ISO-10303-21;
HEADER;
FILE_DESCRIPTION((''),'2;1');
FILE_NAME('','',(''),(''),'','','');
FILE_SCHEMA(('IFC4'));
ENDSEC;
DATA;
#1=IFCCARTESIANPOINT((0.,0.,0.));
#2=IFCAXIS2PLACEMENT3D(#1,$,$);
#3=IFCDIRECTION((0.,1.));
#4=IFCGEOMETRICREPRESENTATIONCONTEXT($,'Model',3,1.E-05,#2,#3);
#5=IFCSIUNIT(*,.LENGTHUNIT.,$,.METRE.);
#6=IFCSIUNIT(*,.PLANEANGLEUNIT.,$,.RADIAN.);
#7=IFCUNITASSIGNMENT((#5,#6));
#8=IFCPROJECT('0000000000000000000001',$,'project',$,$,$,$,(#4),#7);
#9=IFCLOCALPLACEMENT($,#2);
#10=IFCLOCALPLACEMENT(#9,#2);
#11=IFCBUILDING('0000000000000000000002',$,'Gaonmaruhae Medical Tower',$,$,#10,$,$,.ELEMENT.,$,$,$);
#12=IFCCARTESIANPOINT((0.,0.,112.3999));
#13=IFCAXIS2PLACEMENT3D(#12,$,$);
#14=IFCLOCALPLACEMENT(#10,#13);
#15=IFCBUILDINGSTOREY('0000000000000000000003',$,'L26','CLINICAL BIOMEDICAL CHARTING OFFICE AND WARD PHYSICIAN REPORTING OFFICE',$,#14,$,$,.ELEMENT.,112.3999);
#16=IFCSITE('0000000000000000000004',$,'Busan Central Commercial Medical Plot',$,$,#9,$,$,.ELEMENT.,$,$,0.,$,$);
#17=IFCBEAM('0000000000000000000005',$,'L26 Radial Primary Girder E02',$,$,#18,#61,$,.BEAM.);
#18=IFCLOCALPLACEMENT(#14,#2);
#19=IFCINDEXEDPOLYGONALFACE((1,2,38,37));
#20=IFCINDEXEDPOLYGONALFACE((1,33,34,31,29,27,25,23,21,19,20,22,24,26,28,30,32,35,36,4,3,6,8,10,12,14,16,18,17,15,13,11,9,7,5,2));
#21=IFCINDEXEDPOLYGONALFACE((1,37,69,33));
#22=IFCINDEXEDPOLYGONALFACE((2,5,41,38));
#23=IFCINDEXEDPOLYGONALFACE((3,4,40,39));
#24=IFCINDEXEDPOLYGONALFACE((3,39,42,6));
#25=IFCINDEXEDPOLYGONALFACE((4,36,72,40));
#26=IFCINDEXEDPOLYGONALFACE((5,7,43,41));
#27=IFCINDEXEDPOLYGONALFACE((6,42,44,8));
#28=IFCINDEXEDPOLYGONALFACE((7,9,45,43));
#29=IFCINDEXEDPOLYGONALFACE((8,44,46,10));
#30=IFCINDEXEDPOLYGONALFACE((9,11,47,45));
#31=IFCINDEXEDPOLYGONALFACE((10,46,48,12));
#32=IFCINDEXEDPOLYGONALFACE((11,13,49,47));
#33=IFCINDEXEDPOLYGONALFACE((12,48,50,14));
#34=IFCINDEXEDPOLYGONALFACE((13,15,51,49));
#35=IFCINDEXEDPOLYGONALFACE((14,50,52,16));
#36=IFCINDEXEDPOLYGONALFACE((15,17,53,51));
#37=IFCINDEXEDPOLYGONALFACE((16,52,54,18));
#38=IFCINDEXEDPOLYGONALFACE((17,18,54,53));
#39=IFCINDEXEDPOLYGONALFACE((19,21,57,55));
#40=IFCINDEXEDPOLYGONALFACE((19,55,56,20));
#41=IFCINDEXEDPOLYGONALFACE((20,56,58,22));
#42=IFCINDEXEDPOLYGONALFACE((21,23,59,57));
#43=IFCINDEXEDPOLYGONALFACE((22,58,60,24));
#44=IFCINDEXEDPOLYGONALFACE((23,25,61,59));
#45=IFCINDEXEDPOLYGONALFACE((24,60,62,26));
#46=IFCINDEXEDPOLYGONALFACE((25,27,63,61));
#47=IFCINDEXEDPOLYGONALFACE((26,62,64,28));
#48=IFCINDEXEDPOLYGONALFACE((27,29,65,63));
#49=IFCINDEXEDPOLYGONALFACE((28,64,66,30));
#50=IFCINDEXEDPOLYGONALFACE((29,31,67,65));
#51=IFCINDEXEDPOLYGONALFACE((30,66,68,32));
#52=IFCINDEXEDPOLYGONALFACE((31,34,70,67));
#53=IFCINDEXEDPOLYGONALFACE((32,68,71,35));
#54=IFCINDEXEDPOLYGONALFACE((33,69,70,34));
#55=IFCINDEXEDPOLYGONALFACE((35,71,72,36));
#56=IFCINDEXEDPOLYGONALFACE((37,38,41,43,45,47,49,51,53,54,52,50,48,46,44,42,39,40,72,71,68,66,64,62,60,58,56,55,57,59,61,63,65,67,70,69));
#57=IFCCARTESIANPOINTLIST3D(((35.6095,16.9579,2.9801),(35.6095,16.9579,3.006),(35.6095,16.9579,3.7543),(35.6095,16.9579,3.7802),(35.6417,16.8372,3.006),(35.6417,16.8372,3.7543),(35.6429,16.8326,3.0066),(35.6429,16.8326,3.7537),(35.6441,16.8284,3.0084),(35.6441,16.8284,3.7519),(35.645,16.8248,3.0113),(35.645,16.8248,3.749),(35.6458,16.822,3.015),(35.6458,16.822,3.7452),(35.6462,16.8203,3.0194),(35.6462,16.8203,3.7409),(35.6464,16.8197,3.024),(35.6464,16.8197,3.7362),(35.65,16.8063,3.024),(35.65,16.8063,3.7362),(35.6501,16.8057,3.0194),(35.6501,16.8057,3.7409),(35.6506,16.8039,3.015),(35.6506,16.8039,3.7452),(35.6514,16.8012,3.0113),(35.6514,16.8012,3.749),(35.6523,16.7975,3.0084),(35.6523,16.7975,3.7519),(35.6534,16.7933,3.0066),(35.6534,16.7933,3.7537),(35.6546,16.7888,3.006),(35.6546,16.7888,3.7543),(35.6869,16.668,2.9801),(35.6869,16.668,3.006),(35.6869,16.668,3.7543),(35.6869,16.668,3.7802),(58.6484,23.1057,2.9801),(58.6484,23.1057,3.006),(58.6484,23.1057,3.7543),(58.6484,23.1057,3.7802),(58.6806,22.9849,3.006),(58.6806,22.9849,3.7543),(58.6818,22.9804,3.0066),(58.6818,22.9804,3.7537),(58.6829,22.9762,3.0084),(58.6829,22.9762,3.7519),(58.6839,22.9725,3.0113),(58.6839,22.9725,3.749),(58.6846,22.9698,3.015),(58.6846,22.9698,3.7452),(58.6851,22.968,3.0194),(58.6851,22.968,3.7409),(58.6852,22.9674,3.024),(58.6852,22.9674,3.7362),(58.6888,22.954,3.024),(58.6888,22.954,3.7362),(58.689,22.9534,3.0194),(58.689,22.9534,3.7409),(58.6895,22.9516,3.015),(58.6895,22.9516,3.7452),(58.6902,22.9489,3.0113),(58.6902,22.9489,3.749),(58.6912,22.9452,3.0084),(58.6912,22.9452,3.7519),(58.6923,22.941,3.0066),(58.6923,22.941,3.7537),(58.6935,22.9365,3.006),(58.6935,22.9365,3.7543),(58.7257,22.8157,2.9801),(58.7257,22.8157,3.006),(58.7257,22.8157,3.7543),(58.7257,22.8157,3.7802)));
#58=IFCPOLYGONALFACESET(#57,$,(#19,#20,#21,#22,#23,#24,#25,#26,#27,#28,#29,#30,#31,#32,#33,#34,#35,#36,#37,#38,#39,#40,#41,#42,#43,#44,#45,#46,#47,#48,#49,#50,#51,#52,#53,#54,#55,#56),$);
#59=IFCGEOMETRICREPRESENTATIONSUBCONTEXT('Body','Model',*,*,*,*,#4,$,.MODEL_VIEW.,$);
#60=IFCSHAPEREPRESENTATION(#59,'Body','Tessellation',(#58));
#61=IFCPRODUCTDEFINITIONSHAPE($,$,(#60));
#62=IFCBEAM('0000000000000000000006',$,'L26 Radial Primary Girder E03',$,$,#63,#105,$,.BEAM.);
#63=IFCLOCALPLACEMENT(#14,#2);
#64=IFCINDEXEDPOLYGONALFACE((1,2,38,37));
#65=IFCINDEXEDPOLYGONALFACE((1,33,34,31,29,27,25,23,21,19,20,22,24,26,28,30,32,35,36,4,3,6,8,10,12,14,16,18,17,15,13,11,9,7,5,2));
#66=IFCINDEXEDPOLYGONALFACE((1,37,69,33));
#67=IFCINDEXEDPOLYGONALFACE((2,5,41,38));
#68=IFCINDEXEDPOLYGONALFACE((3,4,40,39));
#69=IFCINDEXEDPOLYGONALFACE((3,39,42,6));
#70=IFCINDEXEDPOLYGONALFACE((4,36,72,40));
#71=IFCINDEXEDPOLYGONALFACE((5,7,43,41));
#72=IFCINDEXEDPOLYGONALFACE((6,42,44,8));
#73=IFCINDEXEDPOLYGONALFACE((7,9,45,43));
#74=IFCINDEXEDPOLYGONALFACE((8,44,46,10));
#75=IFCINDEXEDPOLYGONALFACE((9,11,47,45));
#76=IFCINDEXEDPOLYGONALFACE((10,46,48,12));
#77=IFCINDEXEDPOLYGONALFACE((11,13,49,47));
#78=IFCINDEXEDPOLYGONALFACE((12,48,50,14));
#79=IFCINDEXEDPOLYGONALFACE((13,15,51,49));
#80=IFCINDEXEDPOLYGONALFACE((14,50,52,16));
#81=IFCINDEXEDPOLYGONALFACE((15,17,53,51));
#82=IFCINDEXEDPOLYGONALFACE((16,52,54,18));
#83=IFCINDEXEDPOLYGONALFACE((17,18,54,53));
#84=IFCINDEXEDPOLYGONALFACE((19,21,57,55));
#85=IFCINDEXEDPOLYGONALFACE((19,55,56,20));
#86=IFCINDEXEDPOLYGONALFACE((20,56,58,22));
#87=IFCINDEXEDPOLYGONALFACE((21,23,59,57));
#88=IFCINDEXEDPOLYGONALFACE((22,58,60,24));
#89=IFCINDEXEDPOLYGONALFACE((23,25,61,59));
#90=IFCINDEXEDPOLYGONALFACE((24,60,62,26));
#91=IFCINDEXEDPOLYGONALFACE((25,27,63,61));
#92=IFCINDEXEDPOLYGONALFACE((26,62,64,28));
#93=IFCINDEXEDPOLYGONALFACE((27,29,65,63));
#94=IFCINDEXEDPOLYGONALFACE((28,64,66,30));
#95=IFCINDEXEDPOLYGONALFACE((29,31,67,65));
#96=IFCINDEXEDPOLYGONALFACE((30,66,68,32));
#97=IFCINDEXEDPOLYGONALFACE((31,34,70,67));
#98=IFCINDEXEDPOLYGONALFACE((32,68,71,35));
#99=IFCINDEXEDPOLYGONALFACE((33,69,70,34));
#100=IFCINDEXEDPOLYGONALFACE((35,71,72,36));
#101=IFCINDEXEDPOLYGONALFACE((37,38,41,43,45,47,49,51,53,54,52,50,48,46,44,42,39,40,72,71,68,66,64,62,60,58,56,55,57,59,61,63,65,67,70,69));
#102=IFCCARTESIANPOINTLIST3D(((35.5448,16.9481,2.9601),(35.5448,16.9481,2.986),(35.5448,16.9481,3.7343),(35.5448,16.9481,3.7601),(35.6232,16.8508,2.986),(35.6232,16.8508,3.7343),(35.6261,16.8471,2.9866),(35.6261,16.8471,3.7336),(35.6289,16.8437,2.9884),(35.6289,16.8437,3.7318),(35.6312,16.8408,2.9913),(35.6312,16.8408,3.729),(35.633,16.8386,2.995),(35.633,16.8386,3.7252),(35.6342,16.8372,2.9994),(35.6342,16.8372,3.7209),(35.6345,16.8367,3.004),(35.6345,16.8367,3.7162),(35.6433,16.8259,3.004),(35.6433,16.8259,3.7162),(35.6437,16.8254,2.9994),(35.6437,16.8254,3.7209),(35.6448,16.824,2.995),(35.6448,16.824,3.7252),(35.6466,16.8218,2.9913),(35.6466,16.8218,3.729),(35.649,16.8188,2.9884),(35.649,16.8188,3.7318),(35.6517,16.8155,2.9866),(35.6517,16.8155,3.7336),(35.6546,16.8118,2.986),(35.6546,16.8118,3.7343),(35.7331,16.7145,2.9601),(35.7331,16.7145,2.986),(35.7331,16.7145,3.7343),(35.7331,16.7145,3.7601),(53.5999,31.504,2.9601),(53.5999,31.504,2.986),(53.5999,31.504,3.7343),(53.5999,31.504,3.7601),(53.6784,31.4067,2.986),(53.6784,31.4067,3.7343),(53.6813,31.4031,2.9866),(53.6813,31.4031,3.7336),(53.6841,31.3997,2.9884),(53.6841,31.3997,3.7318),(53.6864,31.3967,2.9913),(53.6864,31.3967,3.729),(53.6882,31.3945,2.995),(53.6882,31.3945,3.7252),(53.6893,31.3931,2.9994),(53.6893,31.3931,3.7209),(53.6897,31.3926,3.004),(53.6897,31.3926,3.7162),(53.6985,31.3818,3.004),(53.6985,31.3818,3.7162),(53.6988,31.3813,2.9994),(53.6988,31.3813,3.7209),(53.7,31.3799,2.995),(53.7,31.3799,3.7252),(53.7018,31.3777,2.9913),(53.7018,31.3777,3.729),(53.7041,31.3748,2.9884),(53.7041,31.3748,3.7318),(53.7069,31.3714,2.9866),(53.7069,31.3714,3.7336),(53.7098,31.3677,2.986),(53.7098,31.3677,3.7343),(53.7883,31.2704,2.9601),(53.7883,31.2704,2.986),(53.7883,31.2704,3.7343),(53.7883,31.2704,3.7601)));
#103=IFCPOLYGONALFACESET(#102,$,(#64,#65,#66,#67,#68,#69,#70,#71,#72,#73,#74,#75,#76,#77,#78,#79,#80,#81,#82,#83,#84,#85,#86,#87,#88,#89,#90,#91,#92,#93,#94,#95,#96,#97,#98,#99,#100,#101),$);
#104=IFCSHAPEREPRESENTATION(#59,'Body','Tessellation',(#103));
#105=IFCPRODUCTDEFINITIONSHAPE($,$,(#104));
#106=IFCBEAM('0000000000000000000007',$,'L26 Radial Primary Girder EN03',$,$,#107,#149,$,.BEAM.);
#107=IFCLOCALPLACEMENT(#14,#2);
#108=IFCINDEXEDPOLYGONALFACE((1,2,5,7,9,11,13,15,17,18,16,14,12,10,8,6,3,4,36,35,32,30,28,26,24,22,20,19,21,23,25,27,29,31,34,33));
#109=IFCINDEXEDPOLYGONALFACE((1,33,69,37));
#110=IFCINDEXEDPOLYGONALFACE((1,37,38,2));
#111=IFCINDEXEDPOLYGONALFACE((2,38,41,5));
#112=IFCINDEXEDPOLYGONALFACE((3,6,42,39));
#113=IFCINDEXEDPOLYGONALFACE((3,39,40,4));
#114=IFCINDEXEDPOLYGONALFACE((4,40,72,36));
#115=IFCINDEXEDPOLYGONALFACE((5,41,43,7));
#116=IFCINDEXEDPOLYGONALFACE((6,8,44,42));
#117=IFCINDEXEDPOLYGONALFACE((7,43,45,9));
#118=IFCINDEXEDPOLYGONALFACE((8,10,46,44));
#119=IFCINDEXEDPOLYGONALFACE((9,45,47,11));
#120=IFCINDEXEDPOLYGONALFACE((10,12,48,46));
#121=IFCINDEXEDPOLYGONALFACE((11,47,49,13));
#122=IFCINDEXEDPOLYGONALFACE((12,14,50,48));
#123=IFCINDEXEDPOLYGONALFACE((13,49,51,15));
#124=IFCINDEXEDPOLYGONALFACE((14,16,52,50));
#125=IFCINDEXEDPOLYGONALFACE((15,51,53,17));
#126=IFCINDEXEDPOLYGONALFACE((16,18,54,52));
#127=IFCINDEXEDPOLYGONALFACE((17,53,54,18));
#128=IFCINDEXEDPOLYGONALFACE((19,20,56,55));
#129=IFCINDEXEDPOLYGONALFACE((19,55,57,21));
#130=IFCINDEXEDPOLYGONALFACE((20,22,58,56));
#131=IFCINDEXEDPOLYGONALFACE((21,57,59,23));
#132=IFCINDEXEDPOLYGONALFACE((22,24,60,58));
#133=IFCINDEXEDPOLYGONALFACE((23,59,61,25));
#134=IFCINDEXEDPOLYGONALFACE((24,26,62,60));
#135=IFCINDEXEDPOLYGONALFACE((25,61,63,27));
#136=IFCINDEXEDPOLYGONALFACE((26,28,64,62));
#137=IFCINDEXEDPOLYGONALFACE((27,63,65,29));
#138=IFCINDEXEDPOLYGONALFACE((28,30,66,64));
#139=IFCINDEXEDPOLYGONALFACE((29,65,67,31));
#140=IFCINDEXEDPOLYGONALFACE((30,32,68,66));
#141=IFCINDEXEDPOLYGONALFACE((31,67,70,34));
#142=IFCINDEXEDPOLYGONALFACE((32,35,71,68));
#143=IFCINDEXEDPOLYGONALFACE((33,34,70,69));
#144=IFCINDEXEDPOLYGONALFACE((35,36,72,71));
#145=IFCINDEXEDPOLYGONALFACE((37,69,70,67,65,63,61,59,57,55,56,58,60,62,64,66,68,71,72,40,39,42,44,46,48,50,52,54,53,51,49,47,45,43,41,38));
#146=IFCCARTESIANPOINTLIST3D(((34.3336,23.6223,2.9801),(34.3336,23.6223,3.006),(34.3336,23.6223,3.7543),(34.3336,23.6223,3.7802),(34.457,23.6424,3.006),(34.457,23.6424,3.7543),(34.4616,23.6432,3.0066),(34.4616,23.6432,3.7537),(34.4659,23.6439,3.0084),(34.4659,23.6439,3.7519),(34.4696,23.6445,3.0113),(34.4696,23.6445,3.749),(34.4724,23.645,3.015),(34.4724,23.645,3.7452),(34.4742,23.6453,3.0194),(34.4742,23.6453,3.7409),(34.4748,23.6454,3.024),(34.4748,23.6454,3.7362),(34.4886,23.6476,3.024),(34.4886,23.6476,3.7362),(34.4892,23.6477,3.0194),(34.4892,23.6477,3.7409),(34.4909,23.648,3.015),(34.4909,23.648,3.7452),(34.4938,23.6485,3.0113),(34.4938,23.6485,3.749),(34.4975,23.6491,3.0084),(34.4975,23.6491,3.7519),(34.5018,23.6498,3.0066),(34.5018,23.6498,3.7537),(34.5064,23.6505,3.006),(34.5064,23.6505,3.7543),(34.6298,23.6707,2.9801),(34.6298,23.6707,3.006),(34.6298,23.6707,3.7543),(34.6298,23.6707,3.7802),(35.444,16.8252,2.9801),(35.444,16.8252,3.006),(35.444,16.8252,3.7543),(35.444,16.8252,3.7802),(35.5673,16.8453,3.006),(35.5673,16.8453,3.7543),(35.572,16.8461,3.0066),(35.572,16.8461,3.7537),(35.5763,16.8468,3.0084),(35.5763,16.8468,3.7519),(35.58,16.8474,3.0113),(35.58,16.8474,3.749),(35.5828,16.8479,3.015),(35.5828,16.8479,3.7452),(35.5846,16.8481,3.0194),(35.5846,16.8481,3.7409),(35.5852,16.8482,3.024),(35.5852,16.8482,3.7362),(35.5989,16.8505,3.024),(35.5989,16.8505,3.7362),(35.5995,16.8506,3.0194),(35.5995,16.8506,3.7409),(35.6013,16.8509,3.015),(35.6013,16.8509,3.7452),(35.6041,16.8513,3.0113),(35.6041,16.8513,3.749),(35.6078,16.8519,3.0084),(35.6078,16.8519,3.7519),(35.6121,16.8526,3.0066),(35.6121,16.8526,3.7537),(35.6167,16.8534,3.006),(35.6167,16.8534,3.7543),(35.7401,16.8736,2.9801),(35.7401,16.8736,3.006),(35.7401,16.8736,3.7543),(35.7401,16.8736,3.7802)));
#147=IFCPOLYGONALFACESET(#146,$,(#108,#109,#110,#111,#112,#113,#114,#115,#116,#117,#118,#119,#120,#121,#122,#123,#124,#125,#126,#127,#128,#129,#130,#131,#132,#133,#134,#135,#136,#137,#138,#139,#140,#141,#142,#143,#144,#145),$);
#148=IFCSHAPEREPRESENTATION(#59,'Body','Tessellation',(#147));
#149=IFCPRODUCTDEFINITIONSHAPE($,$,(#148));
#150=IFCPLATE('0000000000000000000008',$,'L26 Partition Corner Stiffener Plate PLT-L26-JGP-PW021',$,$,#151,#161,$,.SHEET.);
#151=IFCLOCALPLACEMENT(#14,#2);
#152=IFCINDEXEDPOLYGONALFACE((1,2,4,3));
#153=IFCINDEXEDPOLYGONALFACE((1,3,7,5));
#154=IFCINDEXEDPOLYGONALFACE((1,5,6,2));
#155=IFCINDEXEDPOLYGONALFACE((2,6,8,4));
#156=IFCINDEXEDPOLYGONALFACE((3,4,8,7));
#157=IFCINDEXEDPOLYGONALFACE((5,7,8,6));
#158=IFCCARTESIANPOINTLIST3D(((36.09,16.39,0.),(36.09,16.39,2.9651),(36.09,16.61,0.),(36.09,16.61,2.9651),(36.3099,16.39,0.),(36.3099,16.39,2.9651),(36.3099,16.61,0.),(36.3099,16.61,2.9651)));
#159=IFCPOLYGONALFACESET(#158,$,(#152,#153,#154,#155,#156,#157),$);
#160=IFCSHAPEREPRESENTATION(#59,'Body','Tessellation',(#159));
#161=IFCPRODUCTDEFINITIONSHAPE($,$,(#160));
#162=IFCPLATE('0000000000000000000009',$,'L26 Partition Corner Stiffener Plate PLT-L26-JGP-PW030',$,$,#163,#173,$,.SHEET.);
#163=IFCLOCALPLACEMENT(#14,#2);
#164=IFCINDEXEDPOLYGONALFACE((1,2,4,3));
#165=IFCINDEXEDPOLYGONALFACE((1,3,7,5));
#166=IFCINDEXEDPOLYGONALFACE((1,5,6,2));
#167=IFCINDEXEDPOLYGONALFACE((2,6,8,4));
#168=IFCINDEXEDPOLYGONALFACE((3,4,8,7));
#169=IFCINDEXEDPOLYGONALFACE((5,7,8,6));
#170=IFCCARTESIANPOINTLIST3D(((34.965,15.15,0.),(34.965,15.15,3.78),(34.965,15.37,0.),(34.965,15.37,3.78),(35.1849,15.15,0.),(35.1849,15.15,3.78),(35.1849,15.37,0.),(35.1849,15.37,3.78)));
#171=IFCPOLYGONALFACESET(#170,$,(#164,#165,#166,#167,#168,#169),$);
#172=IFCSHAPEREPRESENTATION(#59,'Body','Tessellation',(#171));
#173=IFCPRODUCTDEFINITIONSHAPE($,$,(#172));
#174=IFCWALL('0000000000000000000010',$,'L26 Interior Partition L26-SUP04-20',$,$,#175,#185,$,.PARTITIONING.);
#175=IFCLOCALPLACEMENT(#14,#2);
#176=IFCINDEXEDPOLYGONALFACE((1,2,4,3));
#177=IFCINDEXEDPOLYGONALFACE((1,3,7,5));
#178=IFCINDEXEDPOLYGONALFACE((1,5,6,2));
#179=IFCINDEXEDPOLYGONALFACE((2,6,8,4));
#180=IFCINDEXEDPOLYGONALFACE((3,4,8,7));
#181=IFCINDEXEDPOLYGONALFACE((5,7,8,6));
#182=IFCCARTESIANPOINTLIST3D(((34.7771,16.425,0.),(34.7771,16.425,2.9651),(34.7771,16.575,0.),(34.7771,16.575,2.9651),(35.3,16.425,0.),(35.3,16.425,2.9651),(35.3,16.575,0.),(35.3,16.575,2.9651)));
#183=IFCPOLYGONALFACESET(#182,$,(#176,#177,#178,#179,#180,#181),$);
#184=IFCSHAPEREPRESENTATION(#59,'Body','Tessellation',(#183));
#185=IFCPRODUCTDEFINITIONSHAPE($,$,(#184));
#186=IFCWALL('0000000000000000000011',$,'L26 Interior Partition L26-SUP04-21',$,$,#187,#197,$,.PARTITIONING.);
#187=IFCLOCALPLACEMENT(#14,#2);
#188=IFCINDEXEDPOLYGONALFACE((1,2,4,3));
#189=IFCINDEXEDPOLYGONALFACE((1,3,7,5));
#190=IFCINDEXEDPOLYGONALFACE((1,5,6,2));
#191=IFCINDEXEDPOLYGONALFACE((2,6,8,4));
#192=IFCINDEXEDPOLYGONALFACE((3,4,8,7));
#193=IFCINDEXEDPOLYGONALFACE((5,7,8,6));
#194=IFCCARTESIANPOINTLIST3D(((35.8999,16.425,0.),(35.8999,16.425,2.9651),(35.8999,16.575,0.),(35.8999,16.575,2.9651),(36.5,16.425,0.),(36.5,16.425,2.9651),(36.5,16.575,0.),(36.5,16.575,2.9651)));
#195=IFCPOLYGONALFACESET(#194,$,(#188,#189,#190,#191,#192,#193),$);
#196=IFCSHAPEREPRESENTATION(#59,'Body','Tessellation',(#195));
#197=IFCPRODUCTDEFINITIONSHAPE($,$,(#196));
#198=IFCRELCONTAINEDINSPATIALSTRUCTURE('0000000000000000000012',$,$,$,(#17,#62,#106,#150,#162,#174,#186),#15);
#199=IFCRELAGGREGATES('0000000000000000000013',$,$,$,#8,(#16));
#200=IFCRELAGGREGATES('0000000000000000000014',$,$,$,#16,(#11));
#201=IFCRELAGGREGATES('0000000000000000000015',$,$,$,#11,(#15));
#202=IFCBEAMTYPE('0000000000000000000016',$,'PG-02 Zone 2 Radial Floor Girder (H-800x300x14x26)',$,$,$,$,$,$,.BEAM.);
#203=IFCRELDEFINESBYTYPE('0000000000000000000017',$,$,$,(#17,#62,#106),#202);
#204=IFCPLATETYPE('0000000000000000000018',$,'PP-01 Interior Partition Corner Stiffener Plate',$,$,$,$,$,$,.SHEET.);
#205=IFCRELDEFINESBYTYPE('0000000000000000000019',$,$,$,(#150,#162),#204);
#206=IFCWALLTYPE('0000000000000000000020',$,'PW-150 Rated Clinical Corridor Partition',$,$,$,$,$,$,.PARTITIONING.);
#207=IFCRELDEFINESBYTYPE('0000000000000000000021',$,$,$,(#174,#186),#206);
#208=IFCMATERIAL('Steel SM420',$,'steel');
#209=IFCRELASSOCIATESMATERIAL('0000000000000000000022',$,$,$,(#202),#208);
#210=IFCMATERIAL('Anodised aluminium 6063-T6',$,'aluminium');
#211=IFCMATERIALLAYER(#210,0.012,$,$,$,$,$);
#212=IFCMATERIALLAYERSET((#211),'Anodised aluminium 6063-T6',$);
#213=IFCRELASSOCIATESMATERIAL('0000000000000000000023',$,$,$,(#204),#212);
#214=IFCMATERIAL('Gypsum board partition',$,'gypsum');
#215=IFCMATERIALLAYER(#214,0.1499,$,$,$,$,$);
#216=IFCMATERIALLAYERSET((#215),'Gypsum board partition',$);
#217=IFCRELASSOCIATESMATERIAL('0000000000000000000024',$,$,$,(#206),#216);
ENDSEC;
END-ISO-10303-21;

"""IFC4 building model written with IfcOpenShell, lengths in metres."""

from ifc_helpers import new_model, si_unit, direction, frame, frame_2d, origin, origin_2d, place, context, subcontext, project, spatial, rectangle, i_section, extrude, material, layer, layer_set, material_profile, profile_set, type_object, element, save


model = new_model("IFC4")

# Units and contexts
model_context = context("Model", 3, precision=1e-05, world=origin(), true_north=direction((0.0, 1.0)))
body_context = subcontext(model_context, "Body", "Model", "MODEL_VIEW")
ifc_project = project(units=[si_unit("LENGTHUNIT", "METRE"), si_unit("PLANEANGLEUNIT", "RADIAN")], contexts=[model_context])

# Site, building, storey
site_placement = place(None, origin())
site = spatial("IfcSite", under=ifc_project, at=site_placement, Name="Busan Central Commercial Medical Plot", CompositionType="ELEMENT", RefElevation=0.0)
building_placement = place(site_placement, origin())
building = spatial("IfcBuilding", under=site, at=building_placement, Name="Gaonmaruhae Medical Tower", CompositionType="ELEMENT")
storey_placement = place(building_placement, frame((0.0, 0.0, 112.3999)))
storey = spatial("IfcBuildingStorey", under=building, at=storey_placement, Name="L26", Description="CLINICAL BIOMEDICAL CHARTING OFFICE AND WARD PHYSICIAN REPORTING OFFICE", CompositionType="ELEMENT", Elevation=112.3999)

# Beams
ifc_material_1 = material(Name="Steel SM420", Category="steel")
ifc_material_profile_1 = material_profile(ifc_material_1, i_section(OverallWidth=0.3, OverallDepth=0.8, WebThickness=0.0139, FlangeThickness=0.0259, FilletRadius=0.0181, at=origin_2d()), Name="H-800x300x14x26")
ifc_profile_set_1 = profile_set([ifc_material_profile_1], Name="Steel SM420")
beam_type_1 = type_object("IfcBeamType", Name="PG-02 Zone 2 Radial Floor Girder (H-800x300x14x26)", PredefinedType="BEAM", material=ifc_profile_set_1)
beam_1_placement = place(storey_placement, frame((35.6482, 16.813, 3.3801), z_axis=(0.966193, 0.25782, 0.0), x_axis=(-0.25782, 0.966193, 0.0)))
element("IfcBeam", 1, at=beam_1_placement, inside=storey, type_object=beam_type_1, Name="L26 Radial Primary Girder E02", PredefinedType="BEAM", context=body_context, shape_type="SweptSolid", body=[
    extrude(i_section(OverallWidth=0.3, OverallDepth=0.8, WebThickness=0.0139, FlangeThickness=0.0259, FilletRadius=0.0181, at=origin_2d()), origin(), (0.0, 0.0, 1.0), 23.845),
])
beam_2_placement = place(storey_placement, frame((35.6389, 16.8313, 3.3601), z_axis=(0.778512, 0.627629, 0.0), x_axis=(-0.627629, 0.778512, 0.0)))
element("IfcBeam", 2, at=beam_2_placement, inside=storey, type_object=beam_type_1, Name="L26 Radial Primary Girder E03", PredefinedType="BEAM", context=body_context, shape_type="SweptSolid", body=[
    extrude(i_section(OverallWidth=0.3, OverallDepth=0.8, WebThickness=0.0139, FlangeThickness=0.0259, FilletRadius=0.0181, at=origin_2d()), origin(), (0.0, 0.0, 1.0), 23.1919),
])
beam_3_placement = place(storey_placement, frame((35.592, 16.8494, 3.3801), z_axis=(-0.161219, 0.986919, 0.0), x_axis=(-0.986919, -0.161219, 0.0)))
element("IfcBeam", 3, at=beam_3_placement, inside=storey, type_object=beam_type_1, Name="L26 Radial Primary Girder EN03", PredefinedType="BEAM", context=body_context, shape_type="SweptSolid", body=[
    extrude(i_section(OverallWidth=0.3, OverallDepth=0.8, WebThickness=0.0139, FlangeThickness=0.0259, FilletRadius=0.0181, at=origin_2d()), origin(), (0.0, 0.0, 1.0), 6.8872),
])

# Plates
ifc_material_2 = material(Name="Anodised aluminium 6063-T6", Category="aluminium")
ifc_layer_1 = layer(ifc_material_2, 0.012)
ifc_layer_set_1 = layer_set([ifc_layer_1], Name="Anodised aluminium 6063-T6")
plate_type = type_object("IfcPlateType", Name="PP-01 Interior Partition Corner Stiffener Plate", PredefinedType="SHEET", material=ifc_layer_set_1)
plate_1_placement = place(storey_placement, frame((36.2, 16.5, 0.0), z_axis=(0.0, 0.0, 1.0), x_axis=(1.0, 0.0, 0.0)))
element("IfcPlate", 4, at=plate_1_placement, inside=storey, type_object=plate_type, Name="L26 Partition Corner Stiffener Plate PLT-L26-JGP-PW021", PredefinedType="SHEET", context=body_context, shape_type="SweptSolid", body=[
    extrude(rectangle(XDim=0.22, YDim=0.22, at=origin_2d()), origin(), (0.0, 0.0, 1.0), 2.9651),
])
plate_2_placement = place(storey_placement, frame((35.075, 15.26, 0.0), z_axis=(0.0, 0.0, 1.0), x_axis=(-1.0, 0.0, 0.0)))
element("IfcPlate", 5, at=plate_2_placement, inside=storey, type_object=plate_type, Name="L26 Partition Corner Stiffener Plate PLT-L26-JGP-PW030", PredefinedType="SHEET", context=body_context, shape_type="SweptSolid", body=[
    extrude(rectangle(XDim=0.22, YDim=0.22, at=origin_2d()), origin(), (0.0, 0.0, 1.0), 3.78),
])

# Walls
ifc_material_3 = material(Name="Gypsum board partition", Category="gypsum")
ifc_layer_2 = layer(ifc_material_3, 0.1499)
ifc_layer_set_2 = layer_set([ifc_layer_2], Name="Gypsum board partition")
wall_type_1 = type_object("IfcWallType", Name="PW-150 Rated Clinical Corridor Partition", PredefinedType="PARTITIONING", material=ifc_layer_set_2)
wall_1_placement = place(storey_placement, frame((34.7771, 16.5, 0.0), z_axis=(0.0, 0.0, 1.0), x_axis=(1.0, 0.0, 0.0)))
element("IfcWall", 6, at=wall_1_placement, inside=storey, type_object=wall_type_1, Name="L26 Interior Partition L26-SUP04-20", PredefinedType="PARTITIONING", context=body_context, shape_type="SweptSolid", body=[
    extrude(rectangle(XDim=0.5229, YDim=0.1499, at=frame_2d((0.2615, 0.0))), origin(), (0.0, 0.0, 1.0), 2.9651),
])
wall_2_placement = place(storey_placement, frame((35.8999, 16.5, 0.0), z_axis=(0.0, 0.0, 1.0), x_axis=(1.0, 0.0, 0.0)))
element("IfcWall", 7, at=wall_2_placement, inside=storey, type_object=wall_type_1, Name="L26 Interior Partition L26-SUP04-21", PredefinedType="PARTITIONING", context=body_context, shape_type="SweptSolid", body=[
    extrude(rectangle(XDim=0.6001, YDim=0.1499, at=frame_2d((0.3, 0.0))), origin(), (0.0, 0.0, 1.0), 2.9651),
])

save(model, "model.ifc")
